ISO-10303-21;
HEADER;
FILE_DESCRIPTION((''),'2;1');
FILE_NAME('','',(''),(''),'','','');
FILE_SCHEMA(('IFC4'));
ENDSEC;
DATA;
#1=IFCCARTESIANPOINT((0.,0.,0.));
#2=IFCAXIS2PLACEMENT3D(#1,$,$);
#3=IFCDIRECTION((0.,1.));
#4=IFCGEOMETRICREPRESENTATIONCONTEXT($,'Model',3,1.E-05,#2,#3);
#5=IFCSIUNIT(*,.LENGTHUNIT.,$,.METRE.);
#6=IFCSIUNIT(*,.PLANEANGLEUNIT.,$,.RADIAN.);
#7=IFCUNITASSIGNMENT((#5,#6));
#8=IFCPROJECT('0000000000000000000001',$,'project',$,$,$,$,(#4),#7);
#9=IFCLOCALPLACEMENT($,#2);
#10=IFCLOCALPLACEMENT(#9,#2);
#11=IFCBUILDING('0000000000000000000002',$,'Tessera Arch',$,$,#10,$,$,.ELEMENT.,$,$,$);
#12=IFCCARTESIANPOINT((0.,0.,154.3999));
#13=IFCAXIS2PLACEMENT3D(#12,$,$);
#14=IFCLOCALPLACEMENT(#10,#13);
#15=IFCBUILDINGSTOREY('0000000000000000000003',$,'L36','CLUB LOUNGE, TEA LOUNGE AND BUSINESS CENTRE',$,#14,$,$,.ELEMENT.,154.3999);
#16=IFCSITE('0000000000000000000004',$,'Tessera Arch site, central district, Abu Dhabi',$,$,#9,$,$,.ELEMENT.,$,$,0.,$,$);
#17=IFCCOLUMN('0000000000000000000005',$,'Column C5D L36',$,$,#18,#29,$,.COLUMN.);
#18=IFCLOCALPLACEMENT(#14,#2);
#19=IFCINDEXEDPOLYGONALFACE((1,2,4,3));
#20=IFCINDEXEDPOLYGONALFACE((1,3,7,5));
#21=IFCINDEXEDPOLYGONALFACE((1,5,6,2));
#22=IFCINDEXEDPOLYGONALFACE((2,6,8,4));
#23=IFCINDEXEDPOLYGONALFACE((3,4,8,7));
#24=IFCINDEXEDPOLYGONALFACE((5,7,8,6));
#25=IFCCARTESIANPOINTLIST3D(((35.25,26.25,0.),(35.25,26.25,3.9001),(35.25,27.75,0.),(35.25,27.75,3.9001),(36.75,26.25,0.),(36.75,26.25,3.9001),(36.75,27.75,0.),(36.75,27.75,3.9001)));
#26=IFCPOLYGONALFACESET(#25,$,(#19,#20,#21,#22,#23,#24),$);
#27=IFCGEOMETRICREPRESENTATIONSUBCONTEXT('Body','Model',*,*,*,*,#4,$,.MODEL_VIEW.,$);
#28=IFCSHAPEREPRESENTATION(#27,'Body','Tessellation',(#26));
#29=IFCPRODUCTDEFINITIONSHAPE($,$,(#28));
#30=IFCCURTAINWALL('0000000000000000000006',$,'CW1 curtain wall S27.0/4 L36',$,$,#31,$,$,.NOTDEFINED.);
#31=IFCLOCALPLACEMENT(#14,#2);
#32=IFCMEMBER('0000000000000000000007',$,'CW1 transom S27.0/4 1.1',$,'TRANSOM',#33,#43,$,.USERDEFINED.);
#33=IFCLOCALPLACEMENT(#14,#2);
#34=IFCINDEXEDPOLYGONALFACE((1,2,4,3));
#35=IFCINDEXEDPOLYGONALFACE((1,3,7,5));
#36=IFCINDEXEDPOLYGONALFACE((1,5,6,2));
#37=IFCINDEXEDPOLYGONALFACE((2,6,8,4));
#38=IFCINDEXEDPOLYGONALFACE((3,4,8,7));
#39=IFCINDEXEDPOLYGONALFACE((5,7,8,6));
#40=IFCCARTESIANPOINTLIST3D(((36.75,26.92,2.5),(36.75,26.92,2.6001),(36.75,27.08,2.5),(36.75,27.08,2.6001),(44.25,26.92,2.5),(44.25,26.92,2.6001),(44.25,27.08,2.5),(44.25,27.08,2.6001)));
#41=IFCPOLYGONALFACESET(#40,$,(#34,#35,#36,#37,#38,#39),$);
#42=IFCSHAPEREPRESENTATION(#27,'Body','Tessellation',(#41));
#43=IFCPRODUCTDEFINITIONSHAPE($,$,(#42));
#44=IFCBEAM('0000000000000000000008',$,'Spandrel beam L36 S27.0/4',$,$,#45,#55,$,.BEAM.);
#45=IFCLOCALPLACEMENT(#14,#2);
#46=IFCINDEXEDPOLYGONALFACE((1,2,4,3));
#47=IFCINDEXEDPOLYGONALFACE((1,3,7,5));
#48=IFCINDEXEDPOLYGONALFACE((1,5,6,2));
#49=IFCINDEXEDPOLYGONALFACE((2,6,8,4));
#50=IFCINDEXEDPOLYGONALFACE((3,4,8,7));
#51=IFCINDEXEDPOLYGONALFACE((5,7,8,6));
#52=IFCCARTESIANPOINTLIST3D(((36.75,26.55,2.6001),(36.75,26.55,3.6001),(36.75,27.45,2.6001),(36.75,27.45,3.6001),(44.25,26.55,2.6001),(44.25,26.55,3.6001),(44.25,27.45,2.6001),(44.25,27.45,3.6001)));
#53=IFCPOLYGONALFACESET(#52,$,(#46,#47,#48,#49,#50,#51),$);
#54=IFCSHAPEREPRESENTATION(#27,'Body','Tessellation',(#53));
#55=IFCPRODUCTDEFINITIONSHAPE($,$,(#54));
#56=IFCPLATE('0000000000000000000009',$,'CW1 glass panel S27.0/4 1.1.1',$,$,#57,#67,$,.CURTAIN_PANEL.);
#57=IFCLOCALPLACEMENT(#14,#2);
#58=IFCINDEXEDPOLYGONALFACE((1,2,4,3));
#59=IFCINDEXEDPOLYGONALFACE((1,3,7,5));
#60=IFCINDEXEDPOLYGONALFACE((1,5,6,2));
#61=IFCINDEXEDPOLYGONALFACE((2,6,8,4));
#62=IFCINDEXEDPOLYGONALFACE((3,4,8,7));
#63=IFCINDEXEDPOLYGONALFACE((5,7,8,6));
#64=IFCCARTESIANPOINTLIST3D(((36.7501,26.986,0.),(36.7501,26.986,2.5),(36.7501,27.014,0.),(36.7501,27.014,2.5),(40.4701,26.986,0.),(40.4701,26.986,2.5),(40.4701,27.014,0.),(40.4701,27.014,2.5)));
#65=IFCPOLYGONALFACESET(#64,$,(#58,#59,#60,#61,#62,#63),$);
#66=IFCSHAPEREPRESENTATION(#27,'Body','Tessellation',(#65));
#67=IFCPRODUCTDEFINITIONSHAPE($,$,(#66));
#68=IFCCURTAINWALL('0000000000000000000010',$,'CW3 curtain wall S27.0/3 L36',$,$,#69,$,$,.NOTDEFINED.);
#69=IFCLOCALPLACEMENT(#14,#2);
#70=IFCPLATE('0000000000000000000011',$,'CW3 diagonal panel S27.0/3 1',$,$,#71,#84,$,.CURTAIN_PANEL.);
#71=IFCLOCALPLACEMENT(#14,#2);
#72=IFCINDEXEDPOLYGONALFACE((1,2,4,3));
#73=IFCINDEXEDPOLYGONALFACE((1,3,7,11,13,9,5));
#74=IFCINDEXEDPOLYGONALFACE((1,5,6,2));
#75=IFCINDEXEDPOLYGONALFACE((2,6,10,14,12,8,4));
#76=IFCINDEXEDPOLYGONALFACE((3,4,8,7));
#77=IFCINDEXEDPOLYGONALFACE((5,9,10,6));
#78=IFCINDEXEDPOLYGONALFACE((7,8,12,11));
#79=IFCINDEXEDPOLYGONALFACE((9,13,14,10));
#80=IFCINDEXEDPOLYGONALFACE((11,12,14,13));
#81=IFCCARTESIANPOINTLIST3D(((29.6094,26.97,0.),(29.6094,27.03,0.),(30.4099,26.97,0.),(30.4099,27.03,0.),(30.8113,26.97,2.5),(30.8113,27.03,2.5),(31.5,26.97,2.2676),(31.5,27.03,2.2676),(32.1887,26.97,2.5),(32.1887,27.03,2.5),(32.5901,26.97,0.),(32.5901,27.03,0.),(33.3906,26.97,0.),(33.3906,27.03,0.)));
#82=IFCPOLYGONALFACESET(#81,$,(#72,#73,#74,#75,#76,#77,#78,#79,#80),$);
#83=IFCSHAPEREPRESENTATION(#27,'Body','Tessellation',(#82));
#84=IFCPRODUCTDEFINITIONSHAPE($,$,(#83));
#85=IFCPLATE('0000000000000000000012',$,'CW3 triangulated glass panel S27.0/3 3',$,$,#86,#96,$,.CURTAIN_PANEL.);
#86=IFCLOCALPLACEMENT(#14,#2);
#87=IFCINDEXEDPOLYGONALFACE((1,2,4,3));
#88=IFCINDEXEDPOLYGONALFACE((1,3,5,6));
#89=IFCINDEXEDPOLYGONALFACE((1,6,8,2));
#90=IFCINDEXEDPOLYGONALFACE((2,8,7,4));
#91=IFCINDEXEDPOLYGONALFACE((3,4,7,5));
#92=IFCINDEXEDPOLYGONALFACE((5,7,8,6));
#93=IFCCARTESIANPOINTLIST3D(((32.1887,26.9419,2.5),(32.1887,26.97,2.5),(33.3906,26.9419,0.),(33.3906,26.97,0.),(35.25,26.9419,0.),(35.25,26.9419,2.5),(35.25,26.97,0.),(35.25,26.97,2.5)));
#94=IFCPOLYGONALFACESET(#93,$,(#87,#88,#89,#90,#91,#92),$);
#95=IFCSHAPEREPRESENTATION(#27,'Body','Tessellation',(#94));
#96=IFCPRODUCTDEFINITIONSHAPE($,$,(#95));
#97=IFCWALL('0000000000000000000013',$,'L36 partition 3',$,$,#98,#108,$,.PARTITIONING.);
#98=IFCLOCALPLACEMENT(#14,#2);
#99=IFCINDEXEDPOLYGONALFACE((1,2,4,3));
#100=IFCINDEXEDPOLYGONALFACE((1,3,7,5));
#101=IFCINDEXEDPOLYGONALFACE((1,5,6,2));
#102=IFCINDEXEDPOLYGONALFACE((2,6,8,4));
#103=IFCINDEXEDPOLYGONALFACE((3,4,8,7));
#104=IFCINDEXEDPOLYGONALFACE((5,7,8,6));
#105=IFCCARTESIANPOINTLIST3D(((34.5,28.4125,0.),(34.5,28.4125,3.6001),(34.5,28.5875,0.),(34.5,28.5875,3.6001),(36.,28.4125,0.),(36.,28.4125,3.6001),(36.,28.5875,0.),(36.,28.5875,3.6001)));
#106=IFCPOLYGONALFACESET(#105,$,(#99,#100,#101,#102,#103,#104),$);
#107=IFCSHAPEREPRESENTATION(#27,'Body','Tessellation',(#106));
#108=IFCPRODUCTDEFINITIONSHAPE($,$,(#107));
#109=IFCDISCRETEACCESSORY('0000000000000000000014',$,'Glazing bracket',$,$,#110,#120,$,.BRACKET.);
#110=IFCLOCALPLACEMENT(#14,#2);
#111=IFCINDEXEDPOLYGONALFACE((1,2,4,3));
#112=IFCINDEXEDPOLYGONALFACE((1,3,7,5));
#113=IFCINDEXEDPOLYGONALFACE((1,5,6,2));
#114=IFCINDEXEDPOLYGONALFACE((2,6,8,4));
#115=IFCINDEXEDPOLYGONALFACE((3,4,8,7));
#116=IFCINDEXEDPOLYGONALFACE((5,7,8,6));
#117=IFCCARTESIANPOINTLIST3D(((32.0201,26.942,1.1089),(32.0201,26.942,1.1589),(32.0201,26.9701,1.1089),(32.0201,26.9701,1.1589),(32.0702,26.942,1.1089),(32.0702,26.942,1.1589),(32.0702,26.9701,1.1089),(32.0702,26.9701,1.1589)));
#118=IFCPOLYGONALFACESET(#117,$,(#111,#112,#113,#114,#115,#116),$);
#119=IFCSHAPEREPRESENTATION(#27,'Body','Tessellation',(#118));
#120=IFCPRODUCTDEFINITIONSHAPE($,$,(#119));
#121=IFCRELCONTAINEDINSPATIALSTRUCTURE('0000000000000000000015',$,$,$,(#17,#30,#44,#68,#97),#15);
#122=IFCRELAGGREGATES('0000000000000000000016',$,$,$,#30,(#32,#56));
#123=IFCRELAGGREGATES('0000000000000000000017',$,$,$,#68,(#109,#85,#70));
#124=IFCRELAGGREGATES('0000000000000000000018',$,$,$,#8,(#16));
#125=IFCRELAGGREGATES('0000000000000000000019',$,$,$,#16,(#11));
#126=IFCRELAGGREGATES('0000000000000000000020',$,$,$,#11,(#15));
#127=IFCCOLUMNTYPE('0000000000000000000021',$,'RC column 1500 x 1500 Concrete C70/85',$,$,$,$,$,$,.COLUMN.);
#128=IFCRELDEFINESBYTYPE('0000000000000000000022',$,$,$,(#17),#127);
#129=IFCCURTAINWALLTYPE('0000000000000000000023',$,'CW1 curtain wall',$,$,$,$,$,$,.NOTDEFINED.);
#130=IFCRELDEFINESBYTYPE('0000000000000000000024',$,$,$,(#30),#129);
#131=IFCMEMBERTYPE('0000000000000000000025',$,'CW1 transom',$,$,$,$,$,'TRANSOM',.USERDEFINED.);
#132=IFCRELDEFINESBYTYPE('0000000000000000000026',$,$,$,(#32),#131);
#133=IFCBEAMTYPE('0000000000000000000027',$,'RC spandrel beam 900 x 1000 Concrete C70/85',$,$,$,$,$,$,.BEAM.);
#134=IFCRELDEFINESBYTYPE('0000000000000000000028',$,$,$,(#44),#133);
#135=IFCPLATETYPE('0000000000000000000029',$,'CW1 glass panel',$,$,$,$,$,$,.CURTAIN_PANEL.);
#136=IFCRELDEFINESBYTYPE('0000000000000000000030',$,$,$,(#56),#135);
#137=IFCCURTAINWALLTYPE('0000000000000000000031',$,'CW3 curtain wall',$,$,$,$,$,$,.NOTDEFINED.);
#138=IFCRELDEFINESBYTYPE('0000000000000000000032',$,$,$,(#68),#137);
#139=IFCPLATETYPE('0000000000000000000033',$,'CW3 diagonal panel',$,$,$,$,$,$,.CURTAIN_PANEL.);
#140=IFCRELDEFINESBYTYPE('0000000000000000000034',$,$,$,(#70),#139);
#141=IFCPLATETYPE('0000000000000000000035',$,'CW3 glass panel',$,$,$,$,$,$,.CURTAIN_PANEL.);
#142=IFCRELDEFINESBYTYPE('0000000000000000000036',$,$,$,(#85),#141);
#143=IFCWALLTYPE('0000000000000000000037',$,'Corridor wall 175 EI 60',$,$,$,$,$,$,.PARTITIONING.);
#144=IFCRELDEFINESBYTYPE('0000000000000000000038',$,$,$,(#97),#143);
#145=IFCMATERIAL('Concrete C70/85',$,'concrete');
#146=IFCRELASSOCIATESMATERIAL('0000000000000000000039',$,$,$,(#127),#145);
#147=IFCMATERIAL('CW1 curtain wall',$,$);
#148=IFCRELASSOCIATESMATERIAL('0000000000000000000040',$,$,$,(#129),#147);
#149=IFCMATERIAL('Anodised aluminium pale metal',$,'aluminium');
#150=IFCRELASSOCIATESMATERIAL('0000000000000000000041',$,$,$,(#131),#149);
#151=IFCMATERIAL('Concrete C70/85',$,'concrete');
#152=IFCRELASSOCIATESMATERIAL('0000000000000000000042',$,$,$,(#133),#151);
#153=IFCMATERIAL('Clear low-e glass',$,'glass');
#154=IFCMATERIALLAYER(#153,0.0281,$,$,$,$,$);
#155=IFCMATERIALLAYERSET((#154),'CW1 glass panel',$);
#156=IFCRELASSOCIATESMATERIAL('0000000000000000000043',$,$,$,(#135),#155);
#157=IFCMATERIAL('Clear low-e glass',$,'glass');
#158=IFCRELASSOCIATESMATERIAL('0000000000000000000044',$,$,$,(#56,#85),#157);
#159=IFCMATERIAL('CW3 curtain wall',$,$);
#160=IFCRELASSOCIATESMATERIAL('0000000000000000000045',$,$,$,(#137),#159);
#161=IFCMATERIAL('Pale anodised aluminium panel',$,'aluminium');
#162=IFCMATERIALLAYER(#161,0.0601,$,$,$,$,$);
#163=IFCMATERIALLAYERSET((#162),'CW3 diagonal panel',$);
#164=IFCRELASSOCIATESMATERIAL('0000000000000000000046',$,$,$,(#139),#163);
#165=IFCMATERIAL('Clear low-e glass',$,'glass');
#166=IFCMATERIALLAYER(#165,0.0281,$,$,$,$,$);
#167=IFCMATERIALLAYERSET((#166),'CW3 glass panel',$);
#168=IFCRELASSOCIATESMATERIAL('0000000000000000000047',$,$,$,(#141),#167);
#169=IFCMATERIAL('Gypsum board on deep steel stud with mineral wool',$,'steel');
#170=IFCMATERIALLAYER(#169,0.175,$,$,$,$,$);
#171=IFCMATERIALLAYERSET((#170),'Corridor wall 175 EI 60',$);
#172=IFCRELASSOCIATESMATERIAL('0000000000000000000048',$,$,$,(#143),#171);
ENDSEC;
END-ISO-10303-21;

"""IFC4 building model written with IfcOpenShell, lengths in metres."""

from ifc_helpers import new_model, si_unit, direction, frame, frame_2d, origin, origin_2d, place, context, subcontext, project, spatial, polyline, rectangle, outline, extrude, material, layer, layer_set, material_profile, profile_set, type_object, element, aggregate, save


model = new_model("IFC4")

# Units and contexts
model_context = context("Model", 3, precision=1e-05, world=origin(), true_north=direction((0.0, 1.0)))
body_context = subcontext(model_context, "Body", "Model", "MODEL_VIEW")
ifc_project = project(units=[si_unit("LENGTHUNIT", "METRE"), si_unit("PLANEANGLEUNIT", "RADIAN")], contexts=[model_context])

# Site, building, storey
site_placement = place(None, origin())
site = spatial("IfcSite", under=ifc_project, at=site_placement, Name="Tessera Arch site, central district, Abu Dhabi", CompositionType="ELEMENT", RefElevation=0.0)
building_placement = place(site_placement, origin())
building = spatial("IfcBuilding", under=site, at=building_placement, Name="Tessera Arch", CompositionType="ELEMENT")
storey_placement = place(building_placement, frame((0.0, 0.0, 154.3999)))
storey = spatial("IfcBuildingStorey", under=building, at=storey_placement, Name="L36", Description="CLUB LOUNGE, TEA LOUNGE AND BUSINESS CENTRE", CompositionType="ELEMENT", Elevation=154.3999)

# Column
ifc_material_1 = material(Name="Concrete C70/85", Category="concrete")
ifc_material_profile_1 = material_profile(ifc_material_1, rectangle(XDim=1.5, YDim=1.5, at=origin_2d()), Name="RC column 1500 x 1500 Concrete C70/85")
ifc_profile_set_1 = profile_set([ifc_material_profile_1], Name="Concrete C70/85")
column_type = type_object("IfcColumnType", Name="RC column 1500 x 1500 Concrete C70/85", PredefinedType="COLUMN", material=ifc_profile_set_1)
column_placement = place(storey_placement, frame((36.0, 27.0, 0.0), z_axis=(0.0, 0.0, 1.0), x_axis=(1.0, 0.0, 0.0)))
element("IfcColumn", 1, at=column_placement, inside=storey, type_object=column_type, Name="Column C5D L36", PredefinedType="COLUMN", context=body_context, shape_type="SweptSolid", body=[
    extrude(rectangle(XDim=1.5, YDim=1.5, at=origin_2d()), origin(), (0.0, 0.0, 1.0), 3.9001),
])

# Curtain wall, member
ifc_material_2 = material(Name="CW1 curtain wall")
curtain_wall_type_1 = type_object("IfcCurtainWallType", Name="CW1 curtain wall", PredefinedType="NOTDEFINED", material=ifc_material_2)
curtain_wall_1_placement = place(storey_placement, origin())
curtain_wall_1 = element("IfcCurtainWall", 2, at=curtain_wall_1_placement, inside=storey, type_object=curtain_wall_type_1, Name="CW1 curtain wall S27.0/4 L36", PredefinedType="NOTDEFINED")
ifc_material_3 = material(Name="Anodised aluminium pale metal", Category="aluminium")
ifc_material_profile_2 = material_profile(ifc_material_3, rectangle(XDim=0.1599, YDim=0.1001, at=origin_2d()), Name="AL 160x100")
ifc_profile_set_2 = profile_set([ifc_material_profile_2], Name="Anodised aluminium pale metal")
member_type = type_object("IfcMemberType", Name="CW1 transom", ElementType="TRANSOM", PredefinedType="USERDEFINED", material=ifc_profile_set_2)
member_placement = place(storey_placement, frame((36.75, 27.0, 2.55), z_axis=(1.0, 0.0, 0.0), x_axis=(0.0, 1.0, 0.0)))
member = element("IfcMember", 3, at=member_placement, type_object=member_type, Name="CW1 transom S27.0/4 1.1", ObjectType="TRANSOM", PredefinedType="USERDEFINED", context=body_context, shape_type="SweptSolid", body=[
    extrude(rectangle(XDim=0.1599, YDim=0.1001, at=origin_2d()), origin(), (0.0, 0.0, 1.0), 7.5),
])

# Beam
ifc_material_4 = material(Name="Concrete C70/85", Category="concrete")
ifc_material_profile_3 = material_profile(ifc_material_4, rectangle(XDim=0.8999, YDim=1.0, at=origin_2d()), Name="RC spandrel beam 900 x 1000 Concrete C70/85")
ifc_profile_set_3 = profile_set([ifc_material_profile_3], Name="Concrete C70/85")
beam_type = type_object("IfcBeamType", Name="RC spandrel beam 900 x 1000 Concrete C70/85", PredefinedType="BEAM", material=ifc_profile_set_3)
beam_placement = place(storey_placement, frame((36.75, 27.0, 3.1001), z_axis=(1.0, 0.0, 0.0), x_axis=(0.0, 1.0, 0.0)))
element("IfcBeam", 4, at=beam_placement, inside=storey, type_object=beam_type, Name="Spandrel beam L36 S27.0/4", PredefinedType="BEAM", context=body_context, shape_type="SweptSolid", body=[
    extrude(rectangle(XDim=0.8999, YDim=1.0, at=origin_2d()), origin(), (0.0, 0.0, 1.0), 7.5),
])

# Plate
ifc_material_5 = material(Name="Clear low-e glass", Category="glass")
ifc_material_6 = material(Name="Clear low-e glass", Category="glass")
ifc_layer_1 = layer(ifc_material_6, 0.0281)
ifc_layer_set_1 = layer_set([ifc_layer_1], Name="CW1 glass panel")
plate_type_1 = type_object("IfcPlateType", Name="CW1 glass panel", PredefinedType="CURTAIN_PANEL", material=ifc_layer_set_1)
plate_1_placement = place(storey_placement, frame((38.6101, 27.0, 0.0), z_axis=(0.0, 0.0, 1.0), x_axis=(1.0, 0.0, 0.0)))
plate_1 = element("IfcPlate", 5, at=plate_1_placement, type_object=plate_type_1, material=ifc_material_5, Name="CW1 glass panel S27.0/4 1.1.1", PredefinedType="CURTAIN_PANEL", context=body_context, shape_type="SweptSolid", body=[
    extrude(rectangle(XDim=3.72, YDim=0.0281, at=origin_2d()), origin(), (0.0, 0.0, 1.0), 2.5),
])
aggregate(curtain_wall_1, [member, plate_1])

# Curtain wall, plates
ifc_material_7 = material(Name="CW3 curtain wall")
curtain_wall_type_2 = type_object("IfcCurtainWallType", Name="CW3 curtain wall", PredefinedType="NOTDEFINED", material=ifc_material_7)
curtain_wall_2_placement = place(storey_placement, origin())
curtain_wall_2 = element("IfcCurtainWall", 6, at=curtain_wall_2_placement, inside=storey, type_object=curtain_wall_type_2, Name="CW3 curtain wall S27.0/3 L36", PredefinedType="NOTDEFINED")
ifc_material_8 = material(Name="Pale anodised aluminium panel", Category="aluminium")
ifc_layer_2 = layer(ifc_material_8, 0.0601)
ifc_layer_set_2 = layer_set([ifc_layer_2], Name="CW3 diagonal panel")
plate_type_2 = type_object("IfcPlateType", Name="CW3 diagonal panel", PredefinedType="CURTAIN_PANEL", material=ifc_layer_set_2)
plate_2_placement = place(storey_placement, frame((32.1887, 26.97, 2.5), z_axis=(0.0, -1.0, 0.0), x_axis=(-1.0, 0.0, 0.0)))
plate_2 = element("IfcPlate", 7, at=plate_2_placement, type_object=plate_type_2, Name="CW3 diagonal panel S27.0/3 1", PredefinedType="CURTAIN_PANEL", context=body_context, shape_type="SweptSolid", body=[
    extrude(outline(polyline([(0.0, 0.0), (1.3774, 0.0), (2.5793, 2.5), (1.7788, 2.5), (0.6887, 0.2324), (-0.4014, 2.5), (-1.2019, 2.5), (0.0, 0.0)])), origin(), (0.0, 0.0, -1.0), 0.0601),
])
ifc_material_9 = material(Name="Clear low-e glass", Category="glass")
ifc_layer_3 = layer(ifc_material_9, 0.0281)
ifc_layer_set_3 = layer_set([ifc_layer_3], Name="CW3 glass panel")
plate_type_3 = type_object("IfcPlateType", Name="CW3 glass panel", PredefinedType="CURTAIN_PANEL", material=ifc_layer_set_3)
plate_3_placement = place(storey_placement, frame((35.25, 26.9419, 2.5), z_axis=(0.0, -1.0, 0.0), x_axis=(-1.0, 0.0, 0.0)))
plate_3 = element("IfcPlate", 8, at=plate_3_placement, type_object=plate_type_3, material=ifc_material_5, Name="CW3 triangulated glass panel S27.0/3 3", PredefinedType="CURTAIN_PANEL", context=body_context, shape_type="SweptSolid", body=[
    extrude(outline(polyline([(0.0, 0.0), (3.0613, 0.0), (1.8594, 2.5), (0.0, 2.5), (0.0, 0.0)])), origin(), (0.0, 0.0, -1.0), 0.0281),
])

# Wall
ifc_material_10 = material(Name="Gypsum board on deep steel stud with mineral wool", Category="steel")
ifc_layer_4 = layer(ifc_material_10, 0.175)
ifc_layer_set_4 = layer_set([ifc_layer_4], Name="Corridor wall 175 EI 60")
wall_type = type_object("IfcWallType", Name="Corridor wall 175 EI 60", PredefinedType="PARTITIONING", material=ifc_layer_set_4)
wall_placement = place(storey_placement, frame((34.5, 28.5, 0.0), z_axis=(0.0, 0.0, 1.0), x_axis=(1.0, 0.0, 0.0)))
element("IfcWall", 9, at=wall_placement, inside=storey, type_object=wall_type, Name="L36 partition 3", PredefinedType="PARTITIONING", context=body_context, shape_type="SweptSolid", body=[
    extrude(rectangle(XDim=1.5, YDim=0.175, at=frame_2d((0.75, 0.0))), origin(), (0.0, 0.0, 1.0), 3.6001),
])

# Discrete accessory
discrete_accessory_placement = place(storey_placement, frame((32.0452, 26.9561, 1.1089), z_axis=(0.0, 0.0, 1.0), x_axis=(1.0, 0.0, 0.0)))
discrete_accessory = element("IfcDiscreteAccessory", 10, at=discrete_accessory_placement, Name="Glazing bracket", PredefinedType="BRACKET", context=body_context, shape_type="SweptSolid", body=[
    extrude(rectangle(XDim=0.05, YDim=0.0281, at=origin_2d()), origin(), (0.0, 0.0, 1.0), 0.05),
])
aggregate(curtain_wall_2, [discrete_accessory, plate_3, plate_2])

save(model, "model.ifc")
